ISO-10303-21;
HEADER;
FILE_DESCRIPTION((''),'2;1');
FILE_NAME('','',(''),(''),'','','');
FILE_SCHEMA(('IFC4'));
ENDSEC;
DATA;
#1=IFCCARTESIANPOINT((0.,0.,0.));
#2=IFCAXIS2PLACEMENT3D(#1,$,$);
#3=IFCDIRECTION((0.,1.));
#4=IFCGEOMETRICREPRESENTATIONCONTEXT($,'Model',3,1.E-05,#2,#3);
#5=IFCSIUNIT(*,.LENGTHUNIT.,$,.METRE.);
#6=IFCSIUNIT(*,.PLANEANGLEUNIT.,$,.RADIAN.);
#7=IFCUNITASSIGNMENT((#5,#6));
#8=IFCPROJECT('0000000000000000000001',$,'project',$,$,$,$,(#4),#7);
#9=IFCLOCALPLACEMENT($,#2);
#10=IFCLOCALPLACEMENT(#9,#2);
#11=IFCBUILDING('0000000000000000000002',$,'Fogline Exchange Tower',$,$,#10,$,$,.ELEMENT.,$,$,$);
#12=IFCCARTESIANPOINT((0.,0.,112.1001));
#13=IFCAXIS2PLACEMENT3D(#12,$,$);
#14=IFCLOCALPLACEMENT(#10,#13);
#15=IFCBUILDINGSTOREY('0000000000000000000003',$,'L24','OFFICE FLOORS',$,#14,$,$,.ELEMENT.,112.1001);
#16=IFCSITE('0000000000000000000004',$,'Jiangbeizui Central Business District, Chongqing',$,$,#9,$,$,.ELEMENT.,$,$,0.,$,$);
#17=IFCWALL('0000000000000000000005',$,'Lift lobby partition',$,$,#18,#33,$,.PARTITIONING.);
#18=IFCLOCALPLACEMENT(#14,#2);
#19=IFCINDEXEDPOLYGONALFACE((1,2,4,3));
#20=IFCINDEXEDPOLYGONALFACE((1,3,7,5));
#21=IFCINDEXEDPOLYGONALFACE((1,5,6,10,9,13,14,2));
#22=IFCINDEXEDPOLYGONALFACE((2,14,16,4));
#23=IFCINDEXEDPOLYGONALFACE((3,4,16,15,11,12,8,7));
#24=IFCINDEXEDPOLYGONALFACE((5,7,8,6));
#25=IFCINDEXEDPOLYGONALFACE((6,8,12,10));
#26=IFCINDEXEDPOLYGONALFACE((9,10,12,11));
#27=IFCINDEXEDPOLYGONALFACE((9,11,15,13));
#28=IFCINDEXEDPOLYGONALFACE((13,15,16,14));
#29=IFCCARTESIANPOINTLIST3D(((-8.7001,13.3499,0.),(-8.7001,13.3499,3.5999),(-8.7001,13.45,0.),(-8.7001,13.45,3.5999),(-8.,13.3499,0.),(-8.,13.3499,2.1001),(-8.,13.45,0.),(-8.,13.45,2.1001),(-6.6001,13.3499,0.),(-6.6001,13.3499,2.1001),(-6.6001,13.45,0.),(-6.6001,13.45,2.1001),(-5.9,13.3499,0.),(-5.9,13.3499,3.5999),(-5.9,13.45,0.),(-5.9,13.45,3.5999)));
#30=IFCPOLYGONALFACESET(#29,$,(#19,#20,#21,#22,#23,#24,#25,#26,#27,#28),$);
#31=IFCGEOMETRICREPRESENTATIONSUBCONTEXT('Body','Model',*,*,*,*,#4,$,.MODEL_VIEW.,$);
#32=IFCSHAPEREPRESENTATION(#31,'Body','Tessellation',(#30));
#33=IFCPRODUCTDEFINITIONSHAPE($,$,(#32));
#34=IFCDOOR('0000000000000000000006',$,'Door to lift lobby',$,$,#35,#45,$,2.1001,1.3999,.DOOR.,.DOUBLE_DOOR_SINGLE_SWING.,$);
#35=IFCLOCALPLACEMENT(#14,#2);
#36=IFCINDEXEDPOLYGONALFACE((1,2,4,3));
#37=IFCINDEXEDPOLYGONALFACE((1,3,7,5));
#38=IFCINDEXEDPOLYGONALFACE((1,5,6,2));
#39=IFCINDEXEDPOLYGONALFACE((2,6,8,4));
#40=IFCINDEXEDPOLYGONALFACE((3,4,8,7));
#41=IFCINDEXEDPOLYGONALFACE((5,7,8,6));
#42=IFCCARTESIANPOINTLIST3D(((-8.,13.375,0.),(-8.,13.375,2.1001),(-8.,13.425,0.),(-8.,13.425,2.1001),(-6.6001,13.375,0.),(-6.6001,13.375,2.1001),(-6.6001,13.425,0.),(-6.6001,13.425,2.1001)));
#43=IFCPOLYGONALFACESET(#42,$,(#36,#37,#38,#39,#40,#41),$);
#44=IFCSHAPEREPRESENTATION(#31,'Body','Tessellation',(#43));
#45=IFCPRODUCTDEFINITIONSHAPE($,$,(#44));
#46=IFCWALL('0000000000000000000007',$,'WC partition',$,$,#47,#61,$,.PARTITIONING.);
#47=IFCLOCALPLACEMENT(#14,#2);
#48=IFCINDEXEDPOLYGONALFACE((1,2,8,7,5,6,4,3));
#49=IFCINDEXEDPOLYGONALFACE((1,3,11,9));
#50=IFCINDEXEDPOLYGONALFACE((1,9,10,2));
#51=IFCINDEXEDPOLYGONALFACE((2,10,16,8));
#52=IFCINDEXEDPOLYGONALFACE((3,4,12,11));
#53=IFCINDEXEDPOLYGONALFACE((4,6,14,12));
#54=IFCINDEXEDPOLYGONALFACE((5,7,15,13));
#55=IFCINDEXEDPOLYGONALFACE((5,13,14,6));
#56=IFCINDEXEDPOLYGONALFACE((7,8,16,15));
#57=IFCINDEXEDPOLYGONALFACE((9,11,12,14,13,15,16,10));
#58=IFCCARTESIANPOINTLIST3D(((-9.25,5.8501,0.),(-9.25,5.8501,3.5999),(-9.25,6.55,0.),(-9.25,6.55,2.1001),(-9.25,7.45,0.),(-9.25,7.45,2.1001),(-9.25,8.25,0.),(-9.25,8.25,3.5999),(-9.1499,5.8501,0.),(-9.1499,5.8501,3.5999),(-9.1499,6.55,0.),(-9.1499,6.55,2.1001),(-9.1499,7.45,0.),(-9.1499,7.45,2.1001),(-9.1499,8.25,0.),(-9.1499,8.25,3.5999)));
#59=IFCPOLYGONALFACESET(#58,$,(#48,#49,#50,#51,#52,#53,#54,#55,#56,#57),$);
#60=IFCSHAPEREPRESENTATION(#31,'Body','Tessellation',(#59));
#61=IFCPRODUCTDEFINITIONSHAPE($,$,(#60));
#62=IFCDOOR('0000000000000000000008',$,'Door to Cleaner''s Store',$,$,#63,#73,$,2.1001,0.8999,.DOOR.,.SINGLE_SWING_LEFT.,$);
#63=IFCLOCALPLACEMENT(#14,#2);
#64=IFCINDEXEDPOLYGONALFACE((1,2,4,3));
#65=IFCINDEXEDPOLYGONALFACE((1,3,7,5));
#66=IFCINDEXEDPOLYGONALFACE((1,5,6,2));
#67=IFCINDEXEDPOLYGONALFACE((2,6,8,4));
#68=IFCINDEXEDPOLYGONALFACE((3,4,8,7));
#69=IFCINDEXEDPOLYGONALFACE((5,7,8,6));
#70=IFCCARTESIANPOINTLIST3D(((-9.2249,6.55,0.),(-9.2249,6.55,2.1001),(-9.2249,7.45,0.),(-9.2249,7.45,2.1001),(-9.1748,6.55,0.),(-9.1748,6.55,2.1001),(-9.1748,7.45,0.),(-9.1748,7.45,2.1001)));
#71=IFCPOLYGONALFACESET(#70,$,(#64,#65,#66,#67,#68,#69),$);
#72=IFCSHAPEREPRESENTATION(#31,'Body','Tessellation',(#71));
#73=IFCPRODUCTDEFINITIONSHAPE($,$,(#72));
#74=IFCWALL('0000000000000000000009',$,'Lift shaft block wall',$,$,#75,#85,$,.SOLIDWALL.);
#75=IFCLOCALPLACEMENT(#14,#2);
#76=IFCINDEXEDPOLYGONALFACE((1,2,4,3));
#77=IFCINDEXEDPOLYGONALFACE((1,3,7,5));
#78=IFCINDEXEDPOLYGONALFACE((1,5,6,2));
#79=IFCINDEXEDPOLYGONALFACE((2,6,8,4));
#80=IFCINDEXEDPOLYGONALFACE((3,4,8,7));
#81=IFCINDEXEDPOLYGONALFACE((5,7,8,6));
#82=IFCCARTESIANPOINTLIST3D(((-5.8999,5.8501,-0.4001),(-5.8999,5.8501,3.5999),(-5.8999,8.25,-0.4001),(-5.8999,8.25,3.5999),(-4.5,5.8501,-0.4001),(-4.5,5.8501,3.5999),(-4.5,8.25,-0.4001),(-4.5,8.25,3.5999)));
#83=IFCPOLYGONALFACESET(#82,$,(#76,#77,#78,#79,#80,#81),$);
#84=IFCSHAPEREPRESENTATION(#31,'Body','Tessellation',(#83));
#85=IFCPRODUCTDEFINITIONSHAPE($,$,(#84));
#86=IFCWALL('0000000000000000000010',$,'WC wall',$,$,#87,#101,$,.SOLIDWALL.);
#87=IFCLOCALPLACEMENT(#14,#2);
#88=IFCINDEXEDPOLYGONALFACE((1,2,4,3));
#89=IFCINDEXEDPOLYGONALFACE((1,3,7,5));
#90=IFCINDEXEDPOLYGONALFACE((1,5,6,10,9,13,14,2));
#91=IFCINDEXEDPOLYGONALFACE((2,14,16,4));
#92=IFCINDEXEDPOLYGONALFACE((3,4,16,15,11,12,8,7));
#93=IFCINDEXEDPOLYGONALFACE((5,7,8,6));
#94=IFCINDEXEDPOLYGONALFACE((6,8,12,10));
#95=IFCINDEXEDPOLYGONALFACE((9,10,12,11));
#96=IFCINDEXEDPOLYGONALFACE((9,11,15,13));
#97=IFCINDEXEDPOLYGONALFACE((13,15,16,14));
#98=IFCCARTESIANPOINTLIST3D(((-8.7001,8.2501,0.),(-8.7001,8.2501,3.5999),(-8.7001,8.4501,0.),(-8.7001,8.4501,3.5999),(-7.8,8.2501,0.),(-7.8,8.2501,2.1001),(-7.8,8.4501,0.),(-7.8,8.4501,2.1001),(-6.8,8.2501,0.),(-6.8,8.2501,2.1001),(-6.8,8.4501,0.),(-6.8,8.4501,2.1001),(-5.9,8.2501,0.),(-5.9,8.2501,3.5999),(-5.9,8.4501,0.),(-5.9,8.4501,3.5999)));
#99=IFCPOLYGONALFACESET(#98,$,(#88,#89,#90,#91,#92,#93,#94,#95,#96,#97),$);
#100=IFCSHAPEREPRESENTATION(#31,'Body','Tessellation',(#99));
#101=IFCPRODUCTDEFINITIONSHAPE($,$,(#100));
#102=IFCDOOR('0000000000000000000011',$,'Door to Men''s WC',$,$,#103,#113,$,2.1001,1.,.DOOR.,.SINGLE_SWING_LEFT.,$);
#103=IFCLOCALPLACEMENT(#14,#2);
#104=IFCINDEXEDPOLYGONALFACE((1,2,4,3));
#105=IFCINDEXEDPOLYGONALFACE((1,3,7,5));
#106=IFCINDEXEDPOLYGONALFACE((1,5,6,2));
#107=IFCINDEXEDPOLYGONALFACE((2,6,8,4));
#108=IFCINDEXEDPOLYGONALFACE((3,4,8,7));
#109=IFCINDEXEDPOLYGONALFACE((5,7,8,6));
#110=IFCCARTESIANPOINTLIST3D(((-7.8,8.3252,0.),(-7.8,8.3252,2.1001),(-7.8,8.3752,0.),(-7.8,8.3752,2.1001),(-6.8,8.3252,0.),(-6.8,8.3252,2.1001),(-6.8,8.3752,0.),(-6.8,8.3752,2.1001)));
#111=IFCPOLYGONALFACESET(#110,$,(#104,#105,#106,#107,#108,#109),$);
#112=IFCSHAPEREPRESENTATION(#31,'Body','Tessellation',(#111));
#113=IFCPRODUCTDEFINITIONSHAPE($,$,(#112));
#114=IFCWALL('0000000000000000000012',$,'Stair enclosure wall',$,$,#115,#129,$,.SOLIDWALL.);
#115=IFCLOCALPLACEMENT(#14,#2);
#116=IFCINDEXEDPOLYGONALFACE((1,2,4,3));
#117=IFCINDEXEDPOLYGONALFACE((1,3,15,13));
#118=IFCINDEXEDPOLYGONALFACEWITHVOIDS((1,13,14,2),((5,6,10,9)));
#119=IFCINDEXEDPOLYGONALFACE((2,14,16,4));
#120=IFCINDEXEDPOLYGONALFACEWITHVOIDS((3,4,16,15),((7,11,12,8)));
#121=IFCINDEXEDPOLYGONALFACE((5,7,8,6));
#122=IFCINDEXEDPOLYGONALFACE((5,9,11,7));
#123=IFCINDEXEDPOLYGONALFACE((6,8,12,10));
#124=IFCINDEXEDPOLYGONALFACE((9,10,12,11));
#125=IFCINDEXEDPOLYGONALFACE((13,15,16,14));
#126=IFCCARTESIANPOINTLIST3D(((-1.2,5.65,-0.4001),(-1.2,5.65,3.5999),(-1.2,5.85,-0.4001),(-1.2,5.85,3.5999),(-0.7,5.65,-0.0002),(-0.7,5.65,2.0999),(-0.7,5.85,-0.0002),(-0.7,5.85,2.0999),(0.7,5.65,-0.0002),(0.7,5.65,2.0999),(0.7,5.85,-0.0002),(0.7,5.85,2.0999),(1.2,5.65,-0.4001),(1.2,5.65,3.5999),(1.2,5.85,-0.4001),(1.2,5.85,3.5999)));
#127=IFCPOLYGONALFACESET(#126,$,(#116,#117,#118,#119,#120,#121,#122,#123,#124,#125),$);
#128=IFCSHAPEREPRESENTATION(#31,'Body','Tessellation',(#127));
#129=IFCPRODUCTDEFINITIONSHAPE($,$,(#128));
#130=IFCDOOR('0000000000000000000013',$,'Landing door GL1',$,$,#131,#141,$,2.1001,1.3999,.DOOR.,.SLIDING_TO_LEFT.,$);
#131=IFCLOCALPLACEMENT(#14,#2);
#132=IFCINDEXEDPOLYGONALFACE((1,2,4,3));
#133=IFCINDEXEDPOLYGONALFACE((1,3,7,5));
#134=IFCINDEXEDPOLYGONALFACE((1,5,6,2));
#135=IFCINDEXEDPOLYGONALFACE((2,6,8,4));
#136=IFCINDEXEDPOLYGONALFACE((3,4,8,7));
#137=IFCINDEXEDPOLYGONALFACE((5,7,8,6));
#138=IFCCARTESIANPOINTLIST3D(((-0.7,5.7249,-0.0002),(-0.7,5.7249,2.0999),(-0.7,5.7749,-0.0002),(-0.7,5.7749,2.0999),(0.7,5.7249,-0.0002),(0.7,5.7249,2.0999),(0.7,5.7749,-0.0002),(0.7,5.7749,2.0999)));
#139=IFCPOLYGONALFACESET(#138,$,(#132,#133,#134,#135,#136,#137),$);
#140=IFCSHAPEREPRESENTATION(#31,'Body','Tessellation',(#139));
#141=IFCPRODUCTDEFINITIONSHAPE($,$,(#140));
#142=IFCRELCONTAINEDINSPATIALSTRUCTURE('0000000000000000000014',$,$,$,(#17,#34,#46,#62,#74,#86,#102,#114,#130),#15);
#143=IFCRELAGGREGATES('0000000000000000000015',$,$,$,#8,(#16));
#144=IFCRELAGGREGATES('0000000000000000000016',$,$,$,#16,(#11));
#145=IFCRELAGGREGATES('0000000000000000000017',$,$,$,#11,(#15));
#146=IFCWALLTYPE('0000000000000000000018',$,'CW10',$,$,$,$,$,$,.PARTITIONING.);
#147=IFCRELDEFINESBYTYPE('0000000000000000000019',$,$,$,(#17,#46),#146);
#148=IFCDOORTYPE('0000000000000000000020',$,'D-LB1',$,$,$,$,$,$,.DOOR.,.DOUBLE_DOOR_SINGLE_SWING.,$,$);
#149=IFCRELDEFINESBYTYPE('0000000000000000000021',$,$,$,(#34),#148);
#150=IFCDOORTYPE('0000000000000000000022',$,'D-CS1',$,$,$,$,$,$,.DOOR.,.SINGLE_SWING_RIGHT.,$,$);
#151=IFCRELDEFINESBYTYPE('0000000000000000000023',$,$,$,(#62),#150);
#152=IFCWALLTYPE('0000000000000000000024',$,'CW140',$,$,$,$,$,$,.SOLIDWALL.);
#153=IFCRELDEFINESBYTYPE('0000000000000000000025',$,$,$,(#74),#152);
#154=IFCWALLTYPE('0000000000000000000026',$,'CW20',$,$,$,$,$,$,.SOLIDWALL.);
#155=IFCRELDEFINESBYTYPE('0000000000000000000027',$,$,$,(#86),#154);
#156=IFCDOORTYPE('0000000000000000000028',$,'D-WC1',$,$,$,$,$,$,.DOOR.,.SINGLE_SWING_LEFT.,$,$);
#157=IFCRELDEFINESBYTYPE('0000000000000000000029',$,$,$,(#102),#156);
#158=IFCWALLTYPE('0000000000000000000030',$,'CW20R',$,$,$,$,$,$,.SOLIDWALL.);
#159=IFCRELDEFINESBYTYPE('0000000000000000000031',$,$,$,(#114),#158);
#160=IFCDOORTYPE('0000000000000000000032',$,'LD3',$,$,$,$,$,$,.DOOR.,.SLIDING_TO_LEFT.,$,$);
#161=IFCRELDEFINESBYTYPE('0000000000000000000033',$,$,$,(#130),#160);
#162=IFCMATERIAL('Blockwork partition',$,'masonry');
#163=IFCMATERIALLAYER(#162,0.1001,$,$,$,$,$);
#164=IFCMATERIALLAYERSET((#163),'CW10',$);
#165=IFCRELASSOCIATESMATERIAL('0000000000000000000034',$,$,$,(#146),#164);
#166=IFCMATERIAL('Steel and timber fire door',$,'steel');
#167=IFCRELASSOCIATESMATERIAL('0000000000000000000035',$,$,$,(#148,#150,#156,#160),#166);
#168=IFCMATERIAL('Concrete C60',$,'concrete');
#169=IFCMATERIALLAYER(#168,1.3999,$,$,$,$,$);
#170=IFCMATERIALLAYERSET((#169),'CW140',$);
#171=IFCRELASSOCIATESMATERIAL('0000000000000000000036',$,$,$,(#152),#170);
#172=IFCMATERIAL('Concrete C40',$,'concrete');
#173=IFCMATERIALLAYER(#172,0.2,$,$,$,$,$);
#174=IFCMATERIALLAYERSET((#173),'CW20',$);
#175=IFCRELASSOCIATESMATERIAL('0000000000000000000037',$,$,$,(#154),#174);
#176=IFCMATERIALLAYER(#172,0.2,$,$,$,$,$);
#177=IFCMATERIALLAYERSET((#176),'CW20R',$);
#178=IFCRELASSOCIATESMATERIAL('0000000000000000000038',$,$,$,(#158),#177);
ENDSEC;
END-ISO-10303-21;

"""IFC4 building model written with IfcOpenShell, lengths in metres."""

from ifc_helpers import new_model, si_unit, direction, frame, frame_2d, origin, place, context, subcontext, project, spatial, rectangle, extrude, material, layer, layer_set, type_object, element, fill, save


model = new_model("IFC4")

# Units and contexts
model_context = context("Model", 3, precision=1e-05, world=origin(), true_north=direction((0.0, 1.0)))
body_context = subcontext(model_context, "Body", "Model", "MODEL_VIEW")
ifc_project = project(units=[si_unit("LENGTHUNIT", "METRE"), si_unit("PLANEANGLEUNIT", "RADIAN")], contexts=[model_context])

# Site, building, storey
site_placement = place(None, origin())
site = spatial("IfcSite", under=ifc_project, at=site_placement, Name="Jiangbeizui Central Business District, Chongqing", CompositionType="ELEMENT", RefElevation=0.0)
building_placement = place(site_placement, origin())
building = spatial("IfcBuilding", under=site, at=building_placement, Name="Fogline Exchange Tower", CompositionType="ELEMENT")
storey_placement = place(building_placement, frame((0.0, 0.0, 112.1001)))
storey = spatial("IfcBuildingStorey", under=building, at=storey_placement, Name="L24", Description="OFFICE FLOORS", CompositionType="ELEMENT", Elevation=112.1001)

# Walls, openings, doors
ifc_material_1 = material(Name="Blockwork partition", Category="masonry")
ifc_layer_1 = layer(ifc_material_1, 0.1001)
ifc_layer_set_1 = layer_set([ifc_layer_1], Name="CW10")
wall_type_1 = type_object("IfcWallType", Name="CW10", PredefinedType="PARTITIONING", material=ifc_layer_set_1)
wall_1_placement = place(storey_placement, frame((-8.7, 13.3999, 0.0), z_axis=(0.0, 0.0, 1.0), x_axis=(1.0, 0.0, 0.0)))
wall_1 = element("IfcWall", 1, at=wall_1_placement, inside=storey, type_object=wall_type_1, Name="Lift lobby partition", PredefinedType="PARTITIONING", context=body_context, shape_type="SweptSolid", body=[
    extrude(rectangle(XDim=2.8, YDim=0.1001, at=frame_2d((1.3999, 0.0))), origin(), (0.0, 0.0, 1.0), 3.5999),
])
opening_1_placement = place(wall_1_placement, frame((0.7, 0.0, 0.0)))
opening_1 = element("IfcOpeningElement", 2, at=opening_1_placement, cuts=wall_1, PredefinedType="OPENING", context=body_context, shape_type="SweptSolid", body=[
    extrude(rectangle(XDim=1.3999, YDim=2.1001, at=frame_2d((0.7, 1.05))), frame((0.0, 0.0601, 0.0), z_axis=(0.0, -1.0, 0.0), x_axis=(1.0, 0.0, 0.0)), (0.0, 0.0, 1.0), 0.1201),
])
ifc_material_2 = material(Name="Steel and timber fire door", Category="steel")
door_type_1 = type_object("IfcDoorType", Name="D-LB1", OperationType="DOUBLE_DOOR_SINGLE_SWING", PredefinedType="DOOR", material=ifc_material_2)
door_1_placement = place(opening_1_placement, frame((1.3999, 0.0, 0.0), z_axis=(0.0, 0.0, 1.0), x_axis=(-1.0, 0.0, 0.0)))
door_1 = element("IfcDoor", 3, at=door_1_placement, inside=storey, type_object=door_type_1, Name="Door to lift lobby", OperationType="DOUBLE_DOOR_SINGLE_SWING", OverallHeight=2.1001, OverallWidth=1.3999, PredefinedType="DOOR", context=body_context, shape_type="SweptSolid", body=[
    extrude(rectangle(XDim=1.3999, YDim=2.1001, at=frame_2d((0.7, 1.05))), frame((0.0, 0.0249, 0.0), z_axis=(0.0, -1.0, 0.0), x_axis=(1.0, 0.0, 0.0)), (0.0, 0.0, 1.0), 0.05),
])
fill(opening_1, door_1)
wall_2_placement = place(storey_placement, frame((-9.2, 5.8501, 0.0), z_axis=(0.0, 0.0, 1.0), x_axis=(0.0, 1.0, 0.0)))
wall_2 = element("IfcWall", 4, at=wall_2_placement, inside=storey, type_object=wall_type_1, Name="WC partition", PredefinedType="PARTITIONING", context=body_context, shape_type="SweptSolid", body=[
    extrude(rectangle(XDim=2.3999, YDim=0.1001, at=frame_2d((1.2, 0.0))), origin(), (0.0, 0.0, 1.0), 3.5999),
])
opening_2_placement = place(wall_2_placement, frame((0.7, 0.0, 0.0)))
opening_2 = element("IfcOpeningElement", 5, at=opening_2_placement, cuts=wall_2, PredefinedType="OPENING", context=body_context, shape_type="SweptSolid", body=[
    extrude(rectangle(XDim=0.8999, YDim=2.1001, at=frame_2d((0.45, 1.05))), frame((0.0, 0.0601, 0.0), z_axis=(0.0, -1.0, 0.0), x_axis=(1.0, 0.0, 0.0)), (0.0, 0.0, 1.0), 0.1201),
])
door_type_2 = type_object("IfcDoorType", Name="D-CS1", OperationType="SINGLE_SWING_RIGHT", PredefinedType="DOOR", material=ifc_material_2)
door_2_placement = place(opening_2_placement, origin())
door_2 = element("IfcDoor", 6, at=door_2_placement, inside=storey, type_object=door_type_2, Name="Door to Cleaner's Store", OperationType="SINGLE_SWING_LEFT", OverallHeight=2.1001, OverallWidth=0.8999, PredefinedType="DOOR", context=body_context, shape_type="SweptSolid", body=[
    extrude(rectangle(XDim=0.8999, YDim=2.1001, at=frame_2d((0.45, 1.05))), frame((0.0, 0.0249, 0.0), z_axis=(0.0, -1.0, 0.0), x_axis=(1.0, 0.0, 0.0)), (0.0, 0.0, 1.0), 0.05),
])
fill(opening_2, door_2)

# Wall
ifc_material_3 = material(Name="Concrete C60", Category="concrete")
ifc_layer_2 = layer(ifc_material_3, 1.3999)
ifc_layer_set_2 = layer_set([ifc_layer_2], Name="CW140")
wall_type_2 = type_object("IfcWallType", Name="CW140", PredefinedType="SOLIDWALL", material=ifc_layer_set_2)
wall_3_placement = place(storey_placement, frame((-5.2, 5.8501, -0.4001), z_axis=(0.0, 0.0, 1.0), x_axis=(0.0, 1.0, 0.0)))
element("IfcWall", 7, at=wall_3_placement, inside=storey, type_object=wall_type_2, Name="Lift shaft block wall", PredefinedType="SOLIDWALL", context=body_context, shape_type="SweptSolid", body=[
    extrude(rectangle(XDim=2.3999, YDim=1.3999, at=frame_2d((1.2, 0.0))), origin(), (0.0, 0.0, 1.0), 4.0),
])

# Walls, openings, doors
ifc_material_4 = material(Name="Concrete C40", Category="concrete")
ifc_layer_3 = layer(ifc_material_4, 0.2)
ifc_layer_set_3 = layer_set([ifc_layer_3], Name="CW20")
wall_type_3 = type_object("IfcWallType", Name="CW20", PredefinedType="SOLIDWALL", material=ifc_layer_set_3)
wall_4_placement = place(storey_placement, frame((-8.7, 8.3501, 0.0), z_axis=(0.0, 0.0, 1.0), x_axis=(1.0, 0.0, 0.0)))
wall_4 = element("IfcWall", 8, at=wall_4_placement, inside=storey, type_object=wall_type_3, Name="WC wall", PredefinedType="SOLIDWALL", context=body_context, shape_type="SweptSolid", body=[
    extrude(rectangle(XDim=2.8, YDim=0.2, at=frame_2d((1.3999, 0.0))), origin(), (0.0, 0.0, 1.0), 3.5999),
])
opening_3_placement = place(wall_4_placement, frame((0.8999, 0.0, 0.0)))
opening_3 = element("IfcOpeningElement", 9, at=opening_3_placement, cuts=wall_4, PredefinedType="OPENING", context=body_context, shape_type="SweptSolid", body=[
    extrude(rectangle(XDim=1.0, YDim=2.1001, at=frame_2d((0.5, 1.05))), frame((0.0, 0.1099, 0.0), z_axis=(0.0, -1.0, 0.0), x_axis=(1.0, 0.0, 0.0)), (0.0, 0.0, 1.0), 0.22),
])
door_type_3 = type_object("IfcDoorType", Name="D-WC1", OperationType="SINGLE_SWING_LEFT", PredefinedType="DOOR", material=ifc_material_2)
door_3_placement = place(opening_3_placement, frame((1.0, 0.0, 0.0), z_axis=(0.0, 0.0, 1.0), x_axis=(-1.0, 0.0, 0.0)))
door_3 = element("IfcDoor", 10, at=door_3_placement, inside=storey, type_object=door_type_3, Name="Door to Men's WC", OperationType="SINGLE_SWING_LEFT", OverallHeight=2.1001, OverallWidth=1.0, PredefinedType="DOOR", context=body_context, shape_type="SweptSolid", body=[
    extrude(rectangle(XDim=1.0, YDim=2.1001, at=frame_2d((0.5, 1.05))), frame((0.0, 0.0249, 0.0), z_axis=(0.0, -1.0, 0.0), x_axis=(1.0, 0.0, 0.0)), (0.0, 0.0, 1.0), 0.05),
])
fill(opening_3, door_3)
ifc_layer_4 = layer(ifc_material_4, 0.2)
ifc_layer_set_4 = layer_set([ifc_layer_4], Name="CW20R")
wall_type_4 = type_object("IfcWallType", Name="CW20R", PredefinedType="SOLIDWALL", material=ifc_layer_set_4)
wall_5_placement = place(storey_placement, frame((-1.2, 5.75, -0.4001), z_axis=(0.0, 0.0, 1.0), x_axis=(1.0, 0.0, 0.0)))
wall_5 = element("IfcWall", 11, at=wall_5_placement, inside=storey, type_object=wall_type_4, Name="Stair enclosure wall", PredefinedType="SOLIDWALL", context=body_context, shape_type="SweptSolid", body=[
    extrude(rectangle(XDim=2.3999, YDim=0.2, at=frame_2d((1.2, 0.0))), origin(), (0.0, 0.0, 1.0), 4.0),
])
opening_4_placement = place(wall_5_placement, frame((0.5, 0.0, 0.3999)))
opening_4 = element("IfcOpeningElement", 12, at=opening_4_placement, cuts=wall_5, PredefinedType="OPENING", context=body_context, shape_type="SweptSolid", body=[
    extrude(rectangle(XDim=1.3999, YDim=2.1001, at=frame_2d((0.7, 1.05))), frame((0.0, 0.1099, 0.0), z_axis=(0.0, -1.0, 0.0), x_axis=(1.0, 0.0, 0.0)), (0.0, 0.0, 1.0), 0.22),
])
door_type_4 = type_object("IfcDoorType", Name="LD3", OperationType="SLIDING_TO_LEFT", PredefinedType="DOOR", material=ifc_material_2)
door_4_placement = place(opening_4_placement, origin())
door_4 = element("IfcDoor", 13, at=door_4_placement, inside=storey, type_object=door_type_4, Name="Landing door GL1", OperationType="SLIDING_TO_LEFT", OverallHeight=2.1001, OverallWidth=1.3999, PredefinedType="DOOR", context=body_context, shape_type="SweptSolid", body=[
    extrude(rectangle(XDim=1.3999, YDim=2.1001, at=frame_2d((0.7, 1.05))), frame((0.0, 0.0249, 0.0), z_axis=(0.0, -1.0, 0.0), x_axis=(1.0, 0.0, 0.0)), (0.0, 0.0, 1.0), 0.05),
])
fill(opening_4, door_4)

save(model, "model.ifc")
